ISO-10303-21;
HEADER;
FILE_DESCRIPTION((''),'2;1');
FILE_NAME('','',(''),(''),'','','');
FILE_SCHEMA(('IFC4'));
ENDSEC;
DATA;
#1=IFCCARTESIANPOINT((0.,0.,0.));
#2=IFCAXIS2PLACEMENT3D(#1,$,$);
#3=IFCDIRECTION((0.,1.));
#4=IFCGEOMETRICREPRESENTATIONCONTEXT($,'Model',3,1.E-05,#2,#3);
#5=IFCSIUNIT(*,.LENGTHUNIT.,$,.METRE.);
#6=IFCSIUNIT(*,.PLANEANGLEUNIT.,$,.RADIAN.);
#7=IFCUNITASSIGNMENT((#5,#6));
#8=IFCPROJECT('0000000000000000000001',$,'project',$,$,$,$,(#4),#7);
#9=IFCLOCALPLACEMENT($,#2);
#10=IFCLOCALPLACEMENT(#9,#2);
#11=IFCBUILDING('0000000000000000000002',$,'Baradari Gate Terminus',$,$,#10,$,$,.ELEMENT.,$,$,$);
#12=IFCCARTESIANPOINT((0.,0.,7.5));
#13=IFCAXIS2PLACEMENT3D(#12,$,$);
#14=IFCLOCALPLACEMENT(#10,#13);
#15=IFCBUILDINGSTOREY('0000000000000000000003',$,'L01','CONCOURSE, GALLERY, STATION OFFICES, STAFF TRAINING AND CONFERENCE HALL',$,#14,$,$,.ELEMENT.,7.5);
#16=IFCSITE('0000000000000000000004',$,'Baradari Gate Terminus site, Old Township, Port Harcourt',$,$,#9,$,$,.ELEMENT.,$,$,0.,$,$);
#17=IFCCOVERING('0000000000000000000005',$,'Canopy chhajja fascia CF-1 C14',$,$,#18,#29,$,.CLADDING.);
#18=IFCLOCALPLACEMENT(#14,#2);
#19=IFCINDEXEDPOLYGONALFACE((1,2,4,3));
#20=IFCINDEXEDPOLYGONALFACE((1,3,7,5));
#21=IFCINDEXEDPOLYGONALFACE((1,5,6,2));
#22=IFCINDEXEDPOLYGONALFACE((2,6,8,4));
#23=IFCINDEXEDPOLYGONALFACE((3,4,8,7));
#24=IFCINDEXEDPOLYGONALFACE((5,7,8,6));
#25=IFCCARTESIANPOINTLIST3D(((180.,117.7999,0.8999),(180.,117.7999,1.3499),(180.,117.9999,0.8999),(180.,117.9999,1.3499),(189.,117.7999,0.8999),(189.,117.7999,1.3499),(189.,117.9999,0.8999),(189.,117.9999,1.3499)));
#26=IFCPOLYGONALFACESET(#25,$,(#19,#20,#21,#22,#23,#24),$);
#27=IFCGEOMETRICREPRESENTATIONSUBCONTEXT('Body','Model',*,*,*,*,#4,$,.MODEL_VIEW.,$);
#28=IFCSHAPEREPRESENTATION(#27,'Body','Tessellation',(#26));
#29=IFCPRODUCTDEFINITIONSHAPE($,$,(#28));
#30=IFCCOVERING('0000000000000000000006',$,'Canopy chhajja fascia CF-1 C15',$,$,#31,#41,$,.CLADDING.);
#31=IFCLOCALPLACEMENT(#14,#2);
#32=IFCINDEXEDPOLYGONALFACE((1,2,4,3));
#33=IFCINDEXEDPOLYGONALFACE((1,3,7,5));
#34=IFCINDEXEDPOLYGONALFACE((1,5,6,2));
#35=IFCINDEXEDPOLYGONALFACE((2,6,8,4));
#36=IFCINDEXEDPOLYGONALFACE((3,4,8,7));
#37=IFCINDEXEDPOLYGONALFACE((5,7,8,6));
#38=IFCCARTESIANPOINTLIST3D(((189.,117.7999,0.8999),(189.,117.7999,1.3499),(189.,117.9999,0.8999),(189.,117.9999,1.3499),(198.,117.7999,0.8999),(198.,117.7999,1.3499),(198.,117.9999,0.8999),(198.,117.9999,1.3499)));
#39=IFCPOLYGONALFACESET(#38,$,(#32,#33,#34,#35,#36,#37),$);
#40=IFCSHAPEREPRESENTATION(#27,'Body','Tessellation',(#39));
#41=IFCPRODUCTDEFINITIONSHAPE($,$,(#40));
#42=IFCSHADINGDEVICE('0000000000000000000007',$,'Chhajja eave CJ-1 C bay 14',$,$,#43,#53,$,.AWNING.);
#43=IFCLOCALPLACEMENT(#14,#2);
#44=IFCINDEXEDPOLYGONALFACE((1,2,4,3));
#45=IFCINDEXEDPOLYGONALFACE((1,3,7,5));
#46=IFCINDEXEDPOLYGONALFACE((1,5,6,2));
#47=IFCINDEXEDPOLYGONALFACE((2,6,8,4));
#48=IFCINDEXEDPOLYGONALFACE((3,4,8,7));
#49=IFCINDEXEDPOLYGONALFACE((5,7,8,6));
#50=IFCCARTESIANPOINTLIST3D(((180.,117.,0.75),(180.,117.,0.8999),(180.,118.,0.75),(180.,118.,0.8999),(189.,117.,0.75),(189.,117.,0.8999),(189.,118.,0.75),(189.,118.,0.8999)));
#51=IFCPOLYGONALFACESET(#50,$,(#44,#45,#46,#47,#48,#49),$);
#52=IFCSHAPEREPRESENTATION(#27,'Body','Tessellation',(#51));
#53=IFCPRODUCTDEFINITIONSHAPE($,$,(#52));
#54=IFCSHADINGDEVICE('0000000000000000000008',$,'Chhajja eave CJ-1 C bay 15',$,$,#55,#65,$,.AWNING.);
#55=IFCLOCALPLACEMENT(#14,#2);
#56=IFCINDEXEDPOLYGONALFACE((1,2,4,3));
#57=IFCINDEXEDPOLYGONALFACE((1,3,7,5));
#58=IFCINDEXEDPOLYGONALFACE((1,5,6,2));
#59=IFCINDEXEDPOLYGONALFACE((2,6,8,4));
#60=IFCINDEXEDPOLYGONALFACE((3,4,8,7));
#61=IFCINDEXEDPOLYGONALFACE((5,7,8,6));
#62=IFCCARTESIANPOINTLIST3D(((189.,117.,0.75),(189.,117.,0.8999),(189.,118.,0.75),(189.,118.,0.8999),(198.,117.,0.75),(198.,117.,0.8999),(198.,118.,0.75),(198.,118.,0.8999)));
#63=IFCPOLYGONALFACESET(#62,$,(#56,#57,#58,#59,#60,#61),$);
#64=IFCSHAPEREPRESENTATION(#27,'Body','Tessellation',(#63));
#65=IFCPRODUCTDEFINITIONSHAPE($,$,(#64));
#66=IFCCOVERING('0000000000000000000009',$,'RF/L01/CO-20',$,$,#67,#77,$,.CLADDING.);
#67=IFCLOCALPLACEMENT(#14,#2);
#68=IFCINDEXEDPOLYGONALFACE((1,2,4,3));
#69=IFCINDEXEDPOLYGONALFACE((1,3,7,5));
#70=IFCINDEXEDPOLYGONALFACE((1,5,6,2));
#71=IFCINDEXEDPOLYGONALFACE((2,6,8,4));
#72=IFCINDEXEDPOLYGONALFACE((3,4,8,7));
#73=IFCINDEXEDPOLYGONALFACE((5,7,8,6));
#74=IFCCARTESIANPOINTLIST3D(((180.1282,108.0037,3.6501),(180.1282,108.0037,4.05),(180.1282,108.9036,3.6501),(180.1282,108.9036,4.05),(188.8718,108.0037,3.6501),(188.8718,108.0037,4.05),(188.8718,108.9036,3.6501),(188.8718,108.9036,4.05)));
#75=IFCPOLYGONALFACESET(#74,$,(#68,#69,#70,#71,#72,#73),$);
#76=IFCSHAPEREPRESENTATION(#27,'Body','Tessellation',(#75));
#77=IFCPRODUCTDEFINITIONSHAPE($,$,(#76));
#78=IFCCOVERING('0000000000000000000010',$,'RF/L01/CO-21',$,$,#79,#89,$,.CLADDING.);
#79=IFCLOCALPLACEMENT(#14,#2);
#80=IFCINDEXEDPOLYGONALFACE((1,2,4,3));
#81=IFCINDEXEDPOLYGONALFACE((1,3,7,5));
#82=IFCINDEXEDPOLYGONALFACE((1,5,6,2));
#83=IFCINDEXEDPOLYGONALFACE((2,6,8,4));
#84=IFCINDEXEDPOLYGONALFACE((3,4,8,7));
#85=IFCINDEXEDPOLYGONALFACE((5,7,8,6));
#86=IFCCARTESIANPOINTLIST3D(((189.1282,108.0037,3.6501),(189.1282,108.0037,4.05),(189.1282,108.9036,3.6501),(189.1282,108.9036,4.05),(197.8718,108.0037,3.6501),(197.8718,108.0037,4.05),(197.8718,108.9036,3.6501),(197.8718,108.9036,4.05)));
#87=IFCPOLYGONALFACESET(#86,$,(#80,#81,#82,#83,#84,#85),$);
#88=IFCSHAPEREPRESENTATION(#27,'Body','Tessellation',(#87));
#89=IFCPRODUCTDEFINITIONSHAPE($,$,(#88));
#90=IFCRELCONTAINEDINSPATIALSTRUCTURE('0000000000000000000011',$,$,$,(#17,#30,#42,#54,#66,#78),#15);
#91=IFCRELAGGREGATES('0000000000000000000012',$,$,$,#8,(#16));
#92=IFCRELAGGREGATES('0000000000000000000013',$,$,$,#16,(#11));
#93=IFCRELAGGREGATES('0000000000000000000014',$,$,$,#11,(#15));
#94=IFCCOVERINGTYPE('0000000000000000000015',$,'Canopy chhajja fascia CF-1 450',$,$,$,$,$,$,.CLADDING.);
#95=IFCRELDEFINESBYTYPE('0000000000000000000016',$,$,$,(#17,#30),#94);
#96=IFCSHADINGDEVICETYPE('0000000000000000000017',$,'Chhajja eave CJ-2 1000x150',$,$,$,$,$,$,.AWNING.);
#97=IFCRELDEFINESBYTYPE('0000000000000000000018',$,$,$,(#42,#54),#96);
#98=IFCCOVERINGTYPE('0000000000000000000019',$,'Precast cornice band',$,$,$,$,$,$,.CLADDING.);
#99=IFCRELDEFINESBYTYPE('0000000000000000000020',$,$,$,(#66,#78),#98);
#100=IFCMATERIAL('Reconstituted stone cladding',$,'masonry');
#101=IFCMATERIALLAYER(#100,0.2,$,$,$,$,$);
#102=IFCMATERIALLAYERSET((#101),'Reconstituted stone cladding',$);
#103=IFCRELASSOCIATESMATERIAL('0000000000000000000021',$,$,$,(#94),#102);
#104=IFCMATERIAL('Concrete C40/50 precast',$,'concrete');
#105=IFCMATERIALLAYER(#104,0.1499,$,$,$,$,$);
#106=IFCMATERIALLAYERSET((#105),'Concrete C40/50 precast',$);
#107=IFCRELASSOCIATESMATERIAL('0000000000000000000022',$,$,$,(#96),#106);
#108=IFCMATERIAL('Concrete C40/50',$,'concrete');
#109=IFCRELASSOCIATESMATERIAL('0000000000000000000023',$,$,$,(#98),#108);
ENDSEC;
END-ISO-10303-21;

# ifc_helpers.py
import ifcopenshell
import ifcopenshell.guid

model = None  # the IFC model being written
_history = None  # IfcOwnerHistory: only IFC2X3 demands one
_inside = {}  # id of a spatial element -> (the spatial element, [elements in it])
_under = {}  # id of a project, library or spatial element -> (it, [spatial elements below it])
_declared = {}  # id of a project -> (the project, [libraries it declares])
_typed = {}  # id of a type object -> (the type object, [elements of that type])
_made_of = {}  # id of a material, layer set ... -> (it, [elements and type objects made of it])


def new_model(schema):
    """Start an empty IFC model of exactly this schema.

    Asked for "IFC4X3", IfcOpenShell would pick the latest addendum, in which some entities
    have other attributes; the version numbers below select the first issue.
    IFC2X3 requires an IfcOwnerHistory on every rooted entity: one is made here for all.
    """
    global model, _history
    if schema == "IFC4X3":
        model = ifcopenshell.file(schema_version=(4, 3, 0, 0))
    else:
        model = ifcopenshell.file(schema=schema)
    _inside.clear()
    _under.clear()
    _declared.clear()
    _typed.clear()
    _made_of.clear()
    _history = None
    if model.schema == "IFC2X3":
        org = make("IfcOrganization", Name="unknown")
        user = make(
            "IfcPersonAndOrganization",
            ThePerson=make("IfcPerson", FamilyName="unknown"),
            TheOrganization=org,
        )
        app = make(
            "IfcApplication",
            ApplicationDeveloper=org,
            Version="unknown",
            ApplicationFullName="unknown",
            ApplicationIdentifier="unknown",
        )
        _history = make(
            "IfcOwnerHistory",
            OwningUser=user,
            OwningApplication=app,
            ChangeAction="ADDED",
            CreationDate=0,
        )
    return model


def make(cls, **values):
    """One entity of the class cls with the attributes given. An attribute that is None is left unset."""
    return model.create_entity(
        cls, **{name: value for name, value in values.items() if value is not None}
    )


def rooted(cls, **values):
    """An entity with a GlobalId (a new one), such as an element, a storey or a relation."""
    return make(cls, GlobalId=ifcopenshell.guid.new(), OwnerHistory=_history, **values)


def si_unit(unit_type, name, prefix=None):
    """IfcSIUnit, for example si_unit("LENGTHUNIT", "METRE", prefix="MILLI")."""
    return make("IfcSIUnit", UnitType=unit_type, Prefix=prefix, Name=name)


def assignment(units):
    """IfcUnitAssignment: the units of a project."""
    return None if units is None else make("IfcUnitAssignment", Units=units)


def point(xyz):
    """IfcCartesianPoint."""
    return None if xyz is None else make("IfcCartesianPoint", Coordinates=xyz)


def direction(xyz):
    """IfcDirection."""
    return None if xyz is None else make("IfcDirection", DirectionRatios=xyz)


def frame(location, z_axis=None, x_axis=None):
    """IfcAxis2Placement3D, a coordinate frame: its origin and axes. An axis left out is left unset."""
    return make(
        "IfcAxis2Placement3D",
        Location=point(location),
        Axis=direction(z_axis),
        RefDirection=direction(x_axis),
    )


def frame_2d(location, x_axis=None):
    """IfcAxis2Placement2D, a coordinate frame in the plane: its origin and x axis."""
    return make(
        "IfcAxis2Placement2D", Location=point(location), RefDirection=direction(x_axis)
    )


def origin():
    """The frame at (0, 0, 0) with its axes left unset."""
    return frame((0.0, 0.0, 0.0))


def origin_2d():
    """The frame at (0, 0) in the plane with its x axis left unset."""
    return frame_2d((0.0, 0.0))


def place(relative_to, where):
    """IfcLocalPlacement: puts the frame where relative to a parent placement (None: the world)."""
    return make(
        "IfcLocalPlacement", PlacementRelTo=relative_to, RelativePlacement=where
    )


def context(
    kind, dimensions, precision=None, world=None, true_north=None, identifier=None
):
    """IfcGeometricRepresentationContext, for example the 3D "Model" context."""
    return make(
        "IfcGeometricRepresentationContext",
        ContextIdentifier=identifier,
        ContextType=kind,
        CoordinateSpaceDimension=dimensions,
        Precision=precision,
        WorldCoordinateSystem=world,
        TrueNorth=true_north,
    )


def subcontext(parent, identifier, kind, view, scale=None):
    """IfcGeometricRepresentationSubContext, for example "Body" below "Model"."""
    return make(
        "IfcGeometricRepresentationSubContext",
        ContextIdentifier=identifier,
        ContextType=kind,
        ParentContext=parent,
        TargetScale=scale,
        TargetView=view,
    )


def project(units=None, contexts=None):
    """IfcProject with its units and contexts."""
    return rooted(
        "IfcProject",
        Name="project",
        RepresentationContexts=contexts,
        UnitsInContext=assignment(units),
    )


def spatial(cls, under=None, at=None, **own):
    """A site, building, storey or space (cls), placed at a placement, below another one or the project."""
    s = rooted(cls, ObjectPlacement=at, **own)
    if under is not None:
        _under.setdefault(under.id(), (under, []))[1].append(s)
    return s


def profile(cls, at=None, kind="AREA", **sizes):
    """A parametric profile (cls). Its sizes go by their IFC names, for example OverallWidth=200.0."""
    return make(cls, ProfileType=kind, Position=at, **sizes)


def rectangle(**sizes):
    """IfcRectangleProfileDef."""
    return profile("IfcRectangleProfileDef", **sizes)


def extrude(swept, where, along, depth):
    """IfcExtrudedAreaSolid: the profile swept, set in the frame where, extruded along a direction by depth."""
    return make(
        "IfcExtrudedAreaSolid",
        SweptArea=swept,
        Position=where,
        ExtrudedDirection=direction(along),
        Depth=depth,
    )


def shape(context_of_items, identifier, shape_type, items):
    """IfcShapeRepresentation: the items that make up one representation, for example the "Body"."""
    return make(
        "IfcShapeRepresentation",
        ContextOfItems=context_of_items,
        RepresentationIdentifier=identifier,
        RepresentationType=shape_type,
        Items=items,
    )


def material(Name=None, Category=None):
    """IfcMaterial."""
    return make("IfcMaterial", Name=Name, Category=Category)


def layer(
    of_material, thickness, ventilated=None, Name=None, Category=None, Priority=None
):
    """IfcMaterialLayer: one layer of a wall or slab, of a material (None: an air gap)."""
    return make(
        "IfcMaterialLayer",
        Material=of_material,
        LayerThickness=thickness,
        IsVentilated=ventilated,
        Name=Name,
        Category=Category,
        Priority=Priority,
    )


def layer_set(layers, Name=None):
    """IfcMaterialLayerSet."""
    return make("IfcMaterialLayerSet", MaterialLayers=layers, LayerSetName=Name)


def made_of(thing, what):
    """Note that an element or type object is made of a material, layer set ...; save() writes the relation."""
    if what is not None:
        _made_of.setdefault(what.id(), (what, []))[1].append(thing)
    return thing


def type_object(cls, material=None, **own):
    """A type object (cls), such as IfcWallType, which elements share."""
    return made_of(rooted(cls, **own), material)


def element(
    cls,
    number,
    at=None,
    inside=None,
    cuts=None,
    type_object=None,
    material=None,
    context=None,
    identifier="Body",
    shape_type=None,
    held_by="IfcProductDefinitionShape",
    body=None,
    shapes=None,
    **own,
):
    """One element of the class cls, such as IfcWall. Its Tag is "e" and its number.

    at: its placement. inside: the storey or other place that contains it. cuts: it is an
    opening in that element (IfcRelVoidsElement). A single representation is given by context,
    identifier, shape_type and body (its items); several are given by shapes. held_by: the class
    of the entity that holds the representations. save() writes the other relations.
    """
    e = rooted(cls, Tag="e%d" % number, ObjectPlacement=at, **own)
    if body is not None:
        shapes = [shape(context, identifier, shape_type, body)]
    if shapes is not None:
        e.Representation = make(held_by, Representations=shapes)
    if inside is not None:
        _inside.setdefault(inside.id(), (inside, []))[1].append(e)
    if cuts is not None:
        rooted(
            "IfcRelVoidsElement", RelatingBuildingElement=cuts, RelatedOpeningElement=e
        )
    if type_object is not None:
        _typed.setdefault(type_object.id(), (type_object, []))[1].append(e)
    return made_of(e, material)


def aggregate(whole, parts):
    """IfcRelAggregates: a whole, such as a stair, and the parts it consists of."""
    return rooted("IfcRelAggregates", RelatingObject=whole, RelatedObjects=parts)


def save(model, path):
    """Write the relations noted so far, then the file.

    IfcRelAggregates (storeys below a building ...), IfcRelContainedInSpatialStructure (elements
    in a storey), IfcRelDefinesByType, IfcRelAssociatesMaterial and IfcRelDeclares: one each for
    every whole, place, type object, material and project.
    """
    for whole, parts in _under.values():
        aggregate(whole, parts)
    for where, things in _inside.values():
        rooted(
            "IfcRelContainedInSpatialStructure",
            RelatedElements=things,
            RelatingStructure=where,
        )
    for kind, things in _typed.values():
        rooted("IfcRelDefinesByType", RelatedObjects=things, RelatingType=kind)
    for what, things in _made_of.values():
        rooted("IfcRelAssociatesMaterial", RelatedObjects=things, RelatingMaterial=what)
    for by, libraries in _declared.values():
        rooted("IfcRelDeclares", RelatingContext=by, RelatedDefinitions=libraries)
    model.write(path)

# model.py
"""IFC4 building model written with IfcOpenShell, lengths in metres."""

from ifc_helpers import new_model, si_unit, direction, frame, origin, origin_2d, place, context, subcontext, project, spatial, rectangle, extrude, material, layer, layer_set, type_object, element, save


model = new_model("IFC4")

# Units and contexts
model_context = context("Model", 3, precision=1e-05, world=origin(), true_north=direction((0.0, 1.0)))
body_context = subcontext(model_context, "Body", "Model", "MODEL_VIEW")
ifc_project = project(units=[si_unit("LENGTHUNIT", "METRE"), si_unit("PLANEANGLEUNIT", "RADIAN")], contexts=[model_context])

# Site, building, storey
site_placement = place(None, origin())
site = spatial("IfcSite", under=ifc_project, at=site_placement, Name="Baradari Gate Terminus site, Old Township, Port Harcourt", CompositionType="ELEMENT", RefElevation=0.0)
building_placement = place(site_placement, origin())
building = spatial("IfcBuilding", under=site, at=building_placement, Name="Baradari Gate Terminus", CompositionType="ELEMENT")
storey_placement = place(building_placement, frame((0.0, 0.0, 7.5)))
storey = spatial("IfcBuildingStorey", under=building, at=storey_placement, Name="L01", Description="CONCOURSE, GALLERY, STATION OFFICES, STAFF TRAINING AND CONFERENCE HALL", CompositionType="ELEMENT", Elevation=7.5)

# Coverings
ifc_material_1 = material(Name="Reconstituted stone cladding", Category="masonry")
ifc_layer_1 = layer(ifc_material_1, 0.2)
ifc_layer_set_1 = layer_set([ifc_layer_1], Name="Reconstituted stone cladding")
covering_type_1 = type_object("IfcCoveringType", Name="Canopy chhajja fascia CF-1 450", PredefinedType="CLADDING", material=ifc_layer_set_1)
for number, where, z_axis, x_axis, name in (
    (1, (184.5, 117.8999, 0.8999), (0.0, 0.0, 1.0), (1.0, 0.0, 0.0), "Canopy chhajja fascia CF-1 C14"),
    (2, (193.5, 117.8999, 0.8999), (0.0, 0.0, 1.0), (1.0, 0.0, 0.0), "Canopy chhajja fascia CF-1 C15"),
):
    element("IfcCovering", number, at=place(storey_placement, frame(where, z_axis=z_axis, x_axis=x_axis)), inside=storey, type_object=covering_type_1, Name=name, PredefinedType="CLADDING", context=body_context, shape_type="SweptSolid", body=[
        extrude(rectangle(XDim=9.0, YDim=0.2, at=origin_2d()), origin(), (0.0, 0.0, 1.0), 0.45),
    ])

# Shading devices
ifc_material_2 = material(Name="Concrete C40/50 precast", Category="concrete")
ifc_layer_2 = layer(ifc_material_2, 0.1499)
ifc_layer_set_2 = layer_set([ifc_layer_2], Name="Concrete C40/50 precast")
shading_device_type = type_object("IfcShadingDeviceType", Name="Chhajja eave CJ-2 1000x150", PredefinedType="AWNING", material=ifc_layer_set_2)
for number, where, z_axis, x_axis, name in (
    (3, (184.5, 117.5, 0.75), (0.0, 0.0, 1.0), (1.0, 0.0, 0.0), "Chhajja eave CJ-1 C bay 14"),
    (4, (193.5, 117.5, 0.75), (0.0, 0.0, 1.0), (1.0, 0.0, 0.0), "Chhajja eave CJ-1 C bay 15"),
):
    element("IfcShadingDevice", number, at=place(storey_placement, frame(where, z_axis=z_axis, x_axis=x_axis)), inside=storey, type_object=shading_device_type, Name=name, PredefinedType="AWNING", context=body_context, shape_type="SweptSolid", body=[
        extrude(rectangle(XDim=9.0, YDim=1.0, at=origin_2d()), origin(), (0.0, 0.0, 1.0), 0.1499),
    ])

# Coverings
ifc_material_3 = material(Name="Concrete C40/50", Category="concrete")
covering_type_2 = type_object("IfcCoveringType", Name="Precast cornice band", PredefinedType="CLADDING", material=ifc_material_3)
for number, where, z_axis, x_axis, name in (
    (5, (184.5, 108.4536, 3.6501), (0.0, 0.0, 1.0), (1.0, 0.0, 0.0), "RF/L01/CO-20"),
    (6, (193.5, 108.4536, 3.6501), (0.0, 0.0, 1.0), (1.0, 0.0, 0.0), "RF/L01/CO-21"),
):
    element("IfcCovering", number, at=place(storey_placement, frame(where, z_axis=z_axis, x_axis=x_axis)), inside=storey, type_object=covering_type_2, Name=name, PredefinedType="CLADDING", context=body_context, shape_type="SweptSolid", body=[
        extrude(rectangle(XDim=8.7437, YDim=0.8999, at=origin_2d()), origin(), (0.0, 0.0, 1.0), 0.3999),
    ])

save(model, "model.ifc")
